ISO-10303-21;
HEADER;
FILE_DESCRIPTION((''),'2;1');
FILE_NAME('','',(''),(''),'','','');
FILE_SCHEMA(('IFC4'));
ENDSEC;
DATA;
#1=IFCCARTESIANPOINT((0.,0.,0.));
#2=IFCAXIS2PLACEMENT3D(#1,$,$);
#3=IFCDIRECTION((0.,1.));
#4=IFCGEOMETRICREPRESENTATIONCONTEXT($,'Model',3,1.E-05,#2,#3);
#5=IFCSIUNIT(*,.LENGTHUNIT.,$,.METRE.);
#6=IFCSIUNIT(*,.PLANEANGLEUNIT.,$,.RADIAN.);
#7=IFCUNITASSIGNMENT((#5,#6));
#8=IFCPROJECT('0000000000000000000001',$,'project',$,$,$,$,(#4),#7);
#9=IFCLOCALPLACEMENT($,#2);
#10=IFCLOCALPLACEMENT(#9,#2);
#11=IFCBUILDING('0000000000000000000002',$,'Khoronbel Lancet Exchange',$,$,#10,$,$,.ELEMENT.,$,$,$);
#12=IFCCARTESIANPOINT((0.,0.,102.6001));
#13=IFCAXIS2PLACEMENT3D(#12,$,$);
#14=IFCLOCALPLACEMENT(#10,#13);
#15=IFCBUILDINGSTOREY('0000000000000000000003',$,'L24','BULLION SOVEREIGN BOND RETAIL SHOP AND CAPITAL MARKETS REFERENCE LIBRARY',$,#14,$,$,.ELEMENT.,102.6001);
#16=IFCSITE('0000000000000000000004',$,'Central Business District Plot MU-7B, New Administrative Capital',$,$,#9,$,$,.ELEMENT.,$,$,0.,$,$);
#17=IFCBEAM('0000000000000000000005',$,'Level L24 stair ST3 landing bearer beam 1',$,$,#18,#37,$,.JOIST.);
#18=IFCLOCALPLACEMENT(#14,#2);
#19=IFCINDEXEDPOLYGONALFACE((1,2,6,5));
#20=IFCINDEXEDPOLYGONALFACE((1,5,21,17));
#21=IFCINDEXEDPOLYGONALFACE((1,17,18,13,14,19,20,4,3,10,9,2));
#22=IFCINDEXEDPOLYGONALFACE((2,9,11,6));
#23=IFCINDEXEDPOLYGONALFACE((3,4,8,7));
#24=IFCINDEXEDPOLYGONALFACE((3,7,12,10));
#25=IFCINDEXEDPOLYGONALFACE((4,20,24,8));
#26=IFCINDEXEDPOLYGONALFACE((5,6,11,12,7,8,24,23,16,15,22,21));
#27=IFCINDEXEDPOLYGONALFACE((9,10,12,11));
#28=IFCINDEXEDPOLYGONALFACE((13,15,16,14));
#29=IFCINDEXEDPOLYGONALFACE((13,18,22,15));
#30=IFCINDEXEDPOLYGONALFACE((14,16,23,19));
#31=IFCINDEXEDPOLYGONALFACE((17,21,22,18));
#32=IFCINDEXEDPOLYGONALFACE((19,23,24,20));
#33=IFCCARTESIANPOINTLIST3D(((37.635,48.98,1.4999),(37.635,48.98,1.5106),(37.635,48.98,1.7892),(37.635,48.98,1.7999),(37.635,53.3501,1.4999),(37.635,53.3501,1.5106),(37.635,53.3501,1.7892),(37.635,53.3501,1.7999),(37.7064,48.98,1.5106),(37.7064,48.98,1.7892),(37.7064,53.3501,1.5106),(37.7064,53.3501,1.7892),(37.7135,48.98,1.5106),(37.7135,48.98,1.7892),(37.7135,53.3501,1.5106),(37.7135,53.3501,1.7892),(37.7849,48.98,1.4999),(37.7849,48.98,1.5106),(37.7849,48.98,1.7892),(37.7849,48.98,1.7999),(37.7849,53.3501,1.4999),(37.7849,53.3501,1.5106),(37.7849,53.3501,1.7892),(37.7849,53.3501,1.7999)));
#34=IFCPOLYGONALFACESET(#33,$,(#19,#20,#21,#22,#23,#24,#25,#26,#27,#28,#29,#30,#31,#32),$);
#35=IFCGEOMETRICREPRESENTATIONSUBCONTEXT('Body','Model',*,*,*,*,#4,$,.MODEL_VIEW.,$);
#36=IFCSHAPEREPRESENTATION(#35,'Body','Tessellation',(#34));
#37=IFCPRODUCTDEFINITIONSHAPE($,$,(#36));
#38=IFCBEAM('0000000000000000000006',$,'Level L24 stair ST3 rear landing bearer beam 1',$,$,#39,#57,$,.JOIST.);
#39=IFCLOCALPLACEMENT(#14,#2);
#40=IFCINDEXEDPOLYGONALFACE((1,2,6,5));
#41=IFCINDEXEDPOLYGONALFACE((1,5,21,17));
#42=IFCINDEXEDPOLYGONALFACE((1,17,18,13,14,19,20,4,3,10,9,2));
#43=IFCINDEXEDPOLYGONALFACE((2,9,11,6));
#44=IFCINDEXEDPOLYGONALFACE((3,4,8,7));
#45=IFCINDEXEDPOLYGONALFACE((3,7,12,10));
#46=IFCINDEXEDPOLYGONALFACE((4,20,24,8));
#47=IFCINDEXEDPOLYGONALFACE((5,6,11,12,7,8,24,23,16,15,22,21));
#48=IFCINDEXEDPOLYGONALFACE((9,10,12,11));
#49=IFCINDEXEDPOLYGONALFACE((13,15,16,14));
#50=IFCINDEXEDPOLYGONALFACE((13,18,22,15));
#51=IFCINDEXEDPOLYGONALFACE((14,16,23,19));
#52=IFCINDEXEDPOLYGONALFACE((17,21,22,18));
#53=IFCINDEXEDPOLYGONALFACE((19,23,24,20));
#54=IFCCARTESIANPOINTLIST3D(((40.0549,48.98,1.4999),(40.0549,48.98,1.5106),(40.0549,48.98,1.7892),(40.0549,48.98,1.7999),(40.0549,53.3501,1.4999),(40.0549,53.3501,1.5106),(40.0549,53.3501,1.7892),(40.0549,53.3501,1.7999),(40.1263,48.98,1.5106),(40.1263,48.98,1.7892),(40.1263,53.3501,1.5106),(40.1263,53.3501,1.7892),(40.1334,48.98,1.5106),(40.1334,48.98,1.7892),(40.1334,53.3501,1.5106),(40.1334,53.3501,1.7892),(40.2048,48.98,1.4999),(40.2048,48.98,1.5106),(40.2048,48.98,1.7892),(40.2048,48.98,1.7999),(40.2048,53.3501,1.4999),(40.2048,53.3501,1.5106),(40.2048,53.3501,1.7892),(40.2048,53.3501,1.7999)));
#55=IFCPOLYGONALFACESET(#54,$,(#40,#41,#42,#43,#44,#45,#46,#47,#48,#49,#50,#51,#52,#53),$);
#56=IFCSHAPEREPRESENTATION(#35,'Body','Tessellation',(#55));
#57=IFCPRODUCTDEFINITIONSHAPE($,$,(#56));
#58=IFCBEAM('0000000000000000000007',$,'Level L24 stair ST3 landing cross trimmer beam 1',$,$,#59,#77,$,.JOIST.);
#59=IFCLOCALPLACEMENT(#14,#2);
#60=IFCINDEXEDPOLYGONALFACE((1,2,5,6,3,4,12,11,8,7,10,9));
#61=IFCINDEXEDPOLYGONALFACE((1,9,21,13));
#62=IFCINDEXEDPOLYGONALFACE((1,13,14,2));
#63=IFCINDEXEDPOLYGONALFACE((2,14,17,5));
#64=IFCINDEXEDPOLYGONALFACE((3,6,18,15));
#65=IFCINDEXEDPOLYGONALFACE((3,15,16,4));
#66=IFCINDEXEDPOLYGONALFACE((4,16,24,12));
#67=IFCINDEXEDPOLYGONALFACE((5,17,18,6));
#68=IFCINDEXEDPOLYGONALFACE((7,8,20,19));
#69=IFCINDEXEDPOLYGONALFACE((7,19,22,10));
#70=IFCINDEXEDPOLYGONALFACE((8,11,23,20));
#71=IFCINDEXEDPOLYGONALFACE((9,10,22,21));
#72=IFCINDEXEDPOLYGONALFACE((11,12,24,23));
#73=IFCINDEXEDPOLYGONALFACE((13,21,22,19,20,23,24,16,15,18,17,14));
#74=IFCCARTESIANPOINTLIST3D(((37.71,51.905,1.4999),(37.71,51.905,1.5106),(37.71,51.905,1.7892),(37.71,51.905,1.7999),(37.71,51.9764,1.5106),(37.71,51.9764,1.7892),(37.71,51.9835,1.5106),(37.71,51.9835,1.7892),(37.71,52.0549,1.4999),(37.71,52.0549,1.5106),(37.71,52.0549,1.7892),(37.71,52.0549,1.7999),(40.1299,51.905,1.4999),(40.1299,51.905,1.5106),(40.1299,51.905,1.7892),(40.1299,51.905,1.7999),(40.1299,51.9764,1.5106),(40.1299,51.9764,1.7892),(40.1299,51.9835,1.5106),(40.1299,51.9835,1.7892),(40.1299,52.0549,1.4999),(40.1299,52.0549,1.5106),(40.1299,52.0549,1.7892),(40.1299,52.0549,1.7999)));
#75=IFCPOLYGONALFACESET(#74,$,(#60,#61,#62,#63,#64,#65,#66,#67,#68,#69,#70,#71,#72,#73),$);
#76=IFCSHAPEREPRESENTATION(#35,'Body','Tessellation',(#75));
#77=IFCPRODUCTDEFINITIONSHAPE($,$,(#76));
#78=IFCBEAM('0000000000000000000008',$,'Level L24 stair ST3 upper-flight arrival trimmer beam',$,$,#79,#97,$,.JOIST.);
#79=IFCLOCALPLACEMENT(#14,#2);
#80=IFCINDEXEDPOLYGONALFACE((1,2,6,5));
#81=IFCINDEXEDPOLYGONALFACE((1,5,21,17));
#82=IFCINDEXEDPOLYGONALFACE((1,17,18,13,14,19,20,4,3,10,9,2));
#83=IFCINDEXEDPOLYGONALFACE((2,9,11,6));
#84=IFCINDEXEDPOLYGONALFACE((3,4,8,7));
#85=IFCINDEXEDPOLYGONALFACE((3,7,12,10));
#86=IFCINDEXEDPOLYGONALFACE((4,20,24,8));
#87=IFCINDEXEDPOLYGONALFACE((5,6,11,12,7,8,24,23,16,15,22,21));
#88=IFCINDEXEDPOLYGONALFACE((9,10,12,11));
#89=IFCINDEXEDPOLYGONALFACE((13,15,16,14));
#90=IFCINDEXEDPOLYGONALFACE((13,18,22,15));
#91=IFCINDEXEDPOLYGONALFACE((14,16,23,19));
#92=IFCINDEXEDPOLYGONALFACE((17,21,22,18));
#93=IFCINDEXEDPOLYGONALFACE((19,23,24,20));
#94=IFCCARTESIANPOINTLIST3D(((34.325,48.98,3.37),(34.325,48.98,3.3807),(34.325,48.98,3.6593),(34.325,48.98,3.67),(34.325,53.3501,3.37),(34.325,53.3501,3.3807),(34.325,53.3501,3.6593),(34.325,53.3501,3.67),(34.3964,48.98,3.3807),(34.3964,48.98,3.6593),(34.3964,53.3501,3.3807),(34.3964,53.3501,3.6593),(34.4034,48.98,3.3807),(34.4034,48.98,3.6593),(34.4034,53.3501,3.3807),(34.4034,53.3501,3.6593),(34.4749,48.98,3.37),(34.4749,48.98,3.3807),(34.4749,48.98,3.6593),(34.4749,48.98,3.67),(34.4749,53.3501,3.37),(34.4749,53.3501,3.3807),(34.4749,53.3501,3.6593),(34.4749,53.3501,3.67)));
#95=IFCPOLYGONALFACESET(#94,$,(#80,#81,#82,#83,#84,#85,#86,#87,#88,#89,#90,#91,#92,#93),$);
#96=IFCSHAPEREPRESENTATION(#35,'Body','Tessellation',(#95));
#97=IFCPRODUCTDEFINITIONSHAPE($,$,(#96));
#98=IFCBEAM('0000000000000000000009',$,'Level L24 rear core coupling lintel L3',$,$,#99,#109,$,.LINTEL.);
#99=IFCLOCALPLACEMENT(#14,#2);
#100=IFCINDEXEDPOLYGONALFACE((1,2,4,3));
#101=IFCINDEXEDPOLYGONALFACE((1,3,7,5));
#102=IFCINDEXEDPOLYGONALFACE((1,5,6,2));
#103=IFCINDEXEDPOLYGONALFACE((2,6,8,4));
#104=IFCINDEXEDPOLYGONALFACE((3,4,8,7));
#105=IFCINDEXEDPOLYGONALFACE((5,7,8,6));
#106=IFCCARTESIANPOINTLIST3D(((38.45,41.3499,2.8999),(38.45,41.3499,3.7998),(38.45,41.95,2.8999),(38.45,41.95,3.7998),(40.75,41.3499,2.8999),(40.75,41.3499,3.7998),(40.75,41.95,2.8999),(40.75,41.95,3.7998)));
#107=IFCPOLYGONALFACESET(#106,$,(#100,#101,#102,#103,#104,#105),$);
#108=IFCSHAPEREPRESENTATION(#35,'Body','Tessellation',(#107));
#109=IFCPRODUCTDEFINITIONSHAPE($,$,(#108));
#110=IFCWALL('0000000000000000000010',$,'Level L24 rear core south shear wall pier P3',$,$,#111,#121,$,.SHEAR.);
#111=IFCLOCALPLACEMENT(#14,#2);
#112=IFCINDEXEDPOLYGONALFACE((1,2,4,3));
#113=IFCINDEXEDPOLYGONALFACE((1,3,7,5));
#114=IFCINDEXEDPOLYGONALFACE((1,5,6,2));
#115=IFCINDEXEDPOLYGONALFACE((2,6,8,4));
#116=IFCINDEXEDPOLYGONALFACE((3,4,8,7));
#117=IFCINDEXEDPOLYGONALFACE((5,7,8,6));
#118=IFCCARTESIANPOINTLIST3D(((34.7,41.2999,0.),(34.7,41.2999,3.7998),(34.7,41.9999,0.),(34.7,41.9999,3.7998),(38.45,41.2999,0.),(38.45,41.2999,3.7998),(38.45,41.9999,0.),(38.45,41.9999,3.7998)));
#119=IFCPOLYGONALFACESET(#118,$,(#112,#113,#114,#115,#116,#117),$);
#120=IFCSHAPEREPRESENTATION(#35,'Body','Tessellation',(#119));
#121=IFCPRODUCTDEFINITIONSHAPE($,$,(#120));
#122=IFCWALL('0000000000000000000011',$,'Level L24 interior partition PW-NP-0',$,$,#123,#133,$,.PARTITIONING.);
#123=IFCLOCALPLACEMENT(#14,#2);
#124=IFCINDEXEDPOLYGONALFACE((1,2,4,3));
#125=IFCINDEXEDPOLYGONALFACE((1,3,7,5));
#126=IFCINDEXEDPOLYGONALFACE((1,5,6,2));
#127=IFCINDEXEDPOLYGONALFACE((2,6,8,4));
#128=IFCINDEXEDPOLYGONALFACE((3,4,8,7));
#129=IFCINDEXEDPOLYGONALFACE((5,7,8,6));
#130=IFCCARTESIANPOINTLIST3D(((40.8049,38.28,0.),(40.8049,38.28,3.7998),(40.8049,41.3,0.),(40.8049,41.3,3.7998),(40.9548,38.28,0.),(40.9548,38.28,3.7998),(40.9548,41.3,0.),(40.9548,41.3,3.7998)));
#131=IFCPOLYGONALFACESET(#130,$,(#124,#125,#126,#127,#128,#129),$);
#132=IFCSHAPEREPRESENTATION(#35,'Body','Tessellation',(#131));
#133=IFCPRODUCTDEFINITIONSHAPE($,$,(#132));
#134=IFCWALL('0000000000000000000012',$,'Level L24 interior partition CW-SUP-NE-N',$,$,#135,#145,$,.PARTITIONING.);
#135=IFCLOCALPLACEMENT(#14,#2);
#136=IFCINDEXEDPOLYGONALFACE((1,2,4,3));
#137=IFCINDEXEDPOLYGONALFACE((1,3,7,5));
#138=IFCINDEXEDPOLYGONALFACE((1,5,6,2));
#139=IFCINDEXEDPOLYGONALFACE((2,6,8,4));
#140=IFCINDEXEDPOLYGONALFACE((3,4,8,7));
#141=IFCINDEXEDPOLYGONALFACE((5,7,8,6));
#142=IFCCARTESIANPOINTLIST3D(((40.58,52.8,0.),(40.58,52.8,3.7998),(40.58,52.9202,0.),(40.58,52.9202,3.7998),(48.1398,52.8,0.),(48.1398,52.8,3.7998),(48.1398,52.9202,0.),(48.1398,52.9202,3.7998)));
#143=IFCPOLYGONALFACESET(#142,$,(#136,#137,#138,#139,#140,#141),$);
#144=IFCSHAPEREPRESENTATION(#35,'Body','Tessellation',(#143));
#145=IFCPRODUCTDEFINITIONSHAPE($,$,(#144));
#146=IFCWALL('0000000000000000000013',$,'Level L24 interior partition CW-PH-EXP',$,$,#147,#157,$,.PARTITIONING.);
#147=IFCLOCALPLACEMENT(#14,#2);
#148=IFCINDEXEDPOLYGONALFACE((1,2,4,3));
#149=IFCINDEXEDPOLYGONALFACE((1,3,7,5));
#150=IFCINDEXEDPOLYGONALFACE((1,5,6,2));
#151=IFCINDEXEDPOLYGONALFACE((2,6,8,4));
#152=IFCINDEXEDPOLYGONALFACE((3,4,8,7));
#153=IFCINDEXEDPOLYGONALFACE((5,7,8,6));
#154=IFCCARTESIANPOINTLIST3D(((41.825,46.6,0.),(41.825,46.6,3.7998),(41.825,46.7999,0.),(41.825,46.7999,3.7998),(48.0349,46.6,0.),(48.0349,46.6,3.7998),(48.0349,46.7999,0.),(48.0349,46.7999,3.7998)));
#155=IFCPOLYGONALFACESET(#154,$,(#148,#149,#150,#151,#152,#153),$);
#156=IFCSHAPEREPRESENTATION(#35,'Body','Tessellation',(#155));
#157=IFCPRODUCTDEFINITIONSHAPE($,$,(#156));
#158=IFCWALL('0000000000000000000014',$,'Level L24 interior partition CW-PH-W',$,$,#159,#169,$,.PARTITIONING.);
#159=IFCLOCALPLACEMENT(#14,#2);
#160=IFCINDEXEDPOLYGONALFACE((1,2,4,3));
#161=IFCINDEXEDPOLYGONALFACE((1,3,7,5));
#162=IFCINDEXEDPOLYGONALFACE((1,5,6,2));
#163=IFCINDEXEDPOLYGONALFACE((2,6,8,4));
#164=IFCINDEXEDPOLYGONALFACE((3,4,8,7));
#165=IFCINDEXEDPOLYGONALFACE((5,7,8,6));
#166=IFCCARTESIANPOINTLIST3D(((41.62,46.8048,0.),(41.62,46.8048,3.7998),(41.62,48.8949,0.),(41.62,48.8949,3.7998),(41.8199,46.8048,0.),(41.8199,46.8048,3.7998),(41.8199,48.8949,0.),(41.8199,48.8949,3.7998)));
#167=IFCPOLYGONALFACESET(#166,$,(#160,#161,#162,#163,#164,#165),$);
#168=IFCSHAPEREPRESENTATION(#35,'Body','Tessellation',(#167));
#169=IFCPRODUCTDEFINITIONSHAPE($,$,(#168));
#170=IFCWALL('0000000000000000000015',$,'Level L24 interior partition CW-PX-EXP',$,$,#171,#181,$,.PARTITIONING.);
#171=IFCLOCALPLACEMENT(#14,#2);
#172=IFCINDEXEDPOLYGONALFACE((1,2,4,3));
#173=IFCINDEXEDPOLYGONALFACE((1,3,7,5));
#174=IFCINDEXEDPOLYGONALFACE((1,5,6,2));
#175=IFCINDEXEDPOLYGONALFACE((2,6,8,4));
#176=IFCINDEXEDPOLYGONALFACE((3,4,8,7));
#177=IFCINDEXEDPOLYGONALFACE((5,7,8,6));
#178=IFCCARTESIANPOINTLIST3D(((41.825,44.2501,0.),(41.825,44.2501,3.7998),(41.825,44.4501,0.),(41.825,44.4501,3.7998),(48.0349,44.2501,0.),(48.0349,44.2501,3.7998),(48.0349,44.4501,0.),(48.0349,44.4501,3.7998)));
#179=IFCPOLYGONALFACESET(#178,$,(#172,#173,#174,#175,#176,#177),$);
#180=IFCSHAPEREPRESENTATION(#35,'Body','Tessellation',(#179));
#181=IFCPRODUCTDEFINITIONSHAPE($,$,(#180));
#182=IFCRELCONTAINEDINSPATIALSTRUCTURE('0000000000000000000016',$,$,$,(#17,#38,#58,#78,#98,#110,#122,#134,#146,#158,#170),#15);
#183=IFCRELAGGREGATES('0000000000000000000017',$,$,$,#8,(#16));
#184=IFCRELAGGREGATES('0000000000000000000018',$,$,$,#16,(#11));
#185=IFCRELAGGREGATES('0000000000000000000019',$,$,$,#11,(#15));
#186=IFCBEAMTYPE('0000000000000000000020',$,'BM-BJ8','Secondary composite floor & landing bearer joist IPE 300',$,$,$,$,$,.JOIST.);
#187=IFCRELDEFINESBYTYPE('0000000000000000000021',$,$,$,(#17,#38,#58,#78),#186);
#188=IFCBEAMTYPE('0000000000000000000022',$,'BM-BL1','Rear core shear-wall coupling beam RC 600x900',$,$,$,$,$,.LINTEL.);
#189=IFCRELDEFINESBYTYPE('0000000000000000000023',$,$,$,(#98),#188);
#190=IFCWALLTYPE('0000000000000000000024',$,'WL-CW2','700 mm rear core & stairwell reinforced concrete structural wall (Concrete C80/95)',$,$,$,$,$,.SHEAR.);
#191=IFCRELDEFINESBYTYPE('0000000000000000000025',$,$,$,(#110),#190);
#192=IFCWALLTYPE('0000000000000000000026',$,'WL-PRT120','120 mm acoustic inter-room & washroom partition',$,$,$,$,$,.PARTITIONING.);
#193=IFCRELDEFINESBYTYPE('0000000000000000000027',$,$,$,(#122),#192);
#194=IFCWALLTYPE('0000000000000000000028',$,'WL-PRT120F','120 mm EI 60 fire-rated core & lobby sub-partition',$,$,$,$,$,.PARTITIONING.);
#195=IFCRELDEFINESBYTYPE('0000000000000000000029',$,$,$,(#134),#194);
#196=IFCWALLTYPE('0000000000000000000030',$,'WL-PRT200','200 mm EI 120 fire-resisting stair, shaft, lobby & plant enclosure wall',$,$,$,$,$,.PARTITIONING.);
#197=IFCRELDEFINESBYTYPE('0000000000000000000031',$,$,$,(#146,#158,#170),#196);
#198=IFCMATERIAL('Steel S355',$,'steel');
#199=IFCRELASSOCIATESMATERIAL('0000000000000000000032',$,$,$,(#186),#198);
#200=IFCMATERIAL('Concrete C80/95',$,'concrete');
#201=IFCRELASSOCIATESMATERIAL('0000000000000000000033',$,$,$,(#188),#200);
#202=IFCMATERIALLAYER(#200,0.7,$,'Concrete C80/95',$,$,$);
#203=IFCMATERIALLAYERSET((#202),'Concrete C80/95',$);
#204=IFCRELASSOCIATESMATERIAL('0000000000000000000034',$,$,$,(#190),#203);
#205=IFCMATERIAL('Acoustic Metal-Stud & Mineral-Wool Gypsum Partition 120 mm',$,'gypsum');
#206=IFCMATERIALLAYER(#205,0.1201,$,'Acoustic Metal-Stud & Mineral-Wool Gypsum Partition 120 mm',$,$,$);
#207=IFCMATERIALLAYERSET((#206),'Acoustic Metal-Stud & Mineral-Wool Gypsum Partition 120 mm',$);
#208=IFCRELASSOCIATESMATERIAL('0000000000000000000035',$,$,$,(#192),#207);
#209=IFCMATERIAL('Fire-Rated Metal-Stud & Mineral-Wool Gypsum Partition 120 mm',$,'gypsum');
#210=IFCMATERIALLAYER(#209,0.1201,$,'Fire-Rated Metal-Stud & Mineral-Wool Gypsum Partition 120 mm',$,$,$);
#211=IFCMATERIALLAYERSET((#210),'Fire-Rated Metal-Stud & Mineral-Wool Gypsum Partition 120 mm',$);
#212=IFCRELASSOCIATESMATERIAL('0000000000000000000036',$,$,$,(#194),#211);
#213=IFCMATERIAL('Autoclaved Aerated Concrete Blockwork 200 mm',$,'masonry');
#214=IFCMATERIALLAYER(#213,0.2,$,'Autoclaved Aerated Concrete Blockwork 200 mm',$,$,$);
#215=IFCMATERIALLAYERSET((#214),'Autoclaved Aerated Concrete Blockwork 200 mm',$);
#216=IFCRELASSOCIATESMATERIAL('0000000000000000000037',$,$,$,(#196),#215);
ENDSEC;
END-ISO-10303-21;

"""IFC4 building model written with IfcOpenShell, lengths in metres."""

from ifc_helpers import new_model, si_unit, direction, frame, frame_2d, origin, origin_2d, place, context, subcontext, project, spatial, rectangle, i_section, extrude, material, layer, layer_set, material_profile, profile_set, type_object, element, save


model = new_model("IFC4")

# Units and contexts
model_context = context("Model", 3, precision=1e-05, world=origin(), true_north=direction((0.0, 1.0)))
body_context = subcontext(model_context, "Body", "Model", "MODEL_VIEW")
ifc_project = project(units=[si_unit("LENGTHUNIT", "METRE"), si_unit("PLANEANGLEUNIT", "RADIAN")], contexts=[model_context])

# Site, building, storey
site_placement = place(None, origin())
site = spatial("IfcSite", under=ifc_project, at=site_placement, Name="Central Business District Plot MU-7B, New Administrative Capital", CompositionType="ELEMENT", RefElevation=0.0)
building_placement = place(site_placement, origin())
building = spatial("IfcBuilding", under=site, at=building_placement, Name="Khoronbel Lancet Exchange", CompositionType="ELEMENT")
storey_placement = place(building_placement, frame((0.0, 0.0, 102.6001)))
storey = spatial("IfcBuildingStorey", under=building, at=storey_placement, Name="L24", Description="BULLION SOVEREIGN BOND RETAIL SHOP AND CAPITAL MARKETS REFERENCE LIBRARY", CompositionType="ELEMENT", Elevation=102.6001)

# Beams
ifc_material_1 = material(Name="Steel S355", Category="steel")
ifc_material_profile_1 = material_profile(ifc_material_1, i_section(OverallWidth=0.1499, OverallDepth=0.3, WebThickness=0.0071, FlangeThickness=0.0107, at=origin_2d()), Name="IPE 300")
ifc_profile_set_1 = profile_set([ifc_material_profile_1], Name="Steel S355")
beam_type_1 = type_object("IfcBeamType", Name="BM-BJ8", Description="Secondary composite floor & landing bearer joist IPE 300", PredefinedType="JOIST", material=ifc_profile_set_1)
for number, where, z_axis, x_axis, name in (
    (1, (37.71, 48.98, 1.6499), (0.0, 1.0, 0.0), (-1.0, 0.0, 0.0), "Level L24 stair ST3 landing bearer beam 1"),
    (2, (40.1299, 48.98, 1.6499), (0.0, 1.0, 0.0), (-1.0, 0.0, 0.0), "Level L24 stair ST3 rear landing bearer beam 1"),
):
    element("IfcBeam", number, at=place(storey_placement, frame(where, z_axis=z_axis, x_axis=x_axis)), inside=storey, type_object=beam_type_1, Name=name, PredefinedType="JOIST", context=body_context, shape_type="SweptSolid", body=[
        extrude(i_section(OverallWidth=0.1499, OverallDepth=0.3, WebThickness=0.0071, FlangeThickness=0.0107, at=origin_2d()), origin(), (0.0, 0.0, 1.0), 4.3701),
    ])
beam_1_placement = place(storey_placement, frame((37.71, 51.98, 1.6499), z_axis=(1.0, 0.0, 0.0), x_axis=(0.0, 1.0, 0.0)))
element("IfcBeam", 3, at=beam_1_placement, inside=storey, type_object=beam_type_1, Name="Level L24 stair ST3 landing cross trimmer beam 1", PredefinedType="JOIST", context=body_context, shape_type="SweptSolid", body=[
    extrude(i_section(OverallWidth=0.1499, OverallDepth=0.3, WebThickness=0.0071, FlangeThickness=0.0107, at=origin_2d()), origin(), (0.0, 0.0, 1.0), 2.4199),
])
beam_2_placement = place(storey_placement, frame((34.3999, 48.98, 3.52), z_axis=(0.0, 1.0, 0.0), x_axis=(-1.0, 0.0, 0.0)))
element("IfcBeam", 4, at=beam_2_placement, inside=storey, type_object=beam_type_1, Name="Level L24 stair ST3 upper-flight arrival trimmer beam", PredefinedType="JOIST", context=body_context, shape_type="SweptSolid", body=[
    extrude(i_section(OverallWidth=0.1499, OverallDepth=0.3, WebThickness=0.0071, FlangeThickness=0.0107, at=origin_2d()), origin(), (0.0, 0.0, 1.0), 4.3701),
])
ifc_material_2 = material(Name="Concrete C80/95", Category="concrete")
ifc_material_profile_2 = material_profile(ifc_material_2, rectangle(XDim=0.6001, YDim=0.8999, at=origin_2d()), Name="RC 600x900")
ifc_profile_set_2 = profile_set([ifc_material_profile_2], Name="Concrete C80/95")
beam_type_2 = type_object("IfcBeamType", Name="BM-BL1", Description="Rear core shear-wall coupling beam RC 600x900", PredefinedType="LINTEL", material=ifc_profile_set_2)
beam_3_placement = place(storey_placement, frame((38.45, 41.6499, 3.3499), z_axis=(1.0, 0.0, 0.0), x_axis=(0.0, 1.0, 0.0)))
element("IfcBeam", 5, at=beam_3_placement, inside=storey, type_object=beam_type_2, Name="Level L24 rear core coupling lintel L3", PredefinedType="LINTEL", context=body_context, shape_type="SweptSolid", body=[
    extrude(rectangle(XDim=0.6001, YDim=0.8999, at=origin_2d()), origin(), (0.0, 0.0, 1.0), 2.3),
])

# Walls
ifc_layer_1 = layer(ifc_material_2, 0.7, Name="Concrete C80/95")
ifc_layer_set_1 = layer_set([ifc_layer_1], Name="Concrete C80/95")
wall_type_1 = type_object("IfcWallType", Name="WL-CW2", Description="700 mm rear core & stairwell reinforced concrete structural wall (Concrete C80/95)", PredefinedType="SHEAR", material=ifc_layer_set_1)
wall_1_placement = place(storey_placement, frame((38.45, 41.6499, 0.0), z_axis=(0.0, 0.0, 1.0), x_axis=(-1.0, 0.0, 0.0)))
element("IfcWall", 6, at=wall_1_placement, inside=storey, type_object=wall_type_1, Name="Level L24 rear core south shear wall pier P3", PredefinedType="SHEAR", context=body_context, shape_type="SweptSolid", body=[
    extrude(rectangle(XDim=3.75, YDim=0.7, at=frame_2d((1.875, 0.0))), origin(), (0.0, 0.0, 1.0), 3.7998),
])
ifc_material_3 = material(Name="Acoustic Metal-Stud & Mineral-Wool Gypsum Partition 120 mm", Category="gypsum")
ifc_layer_2 = layer(ifc_material_3, 0.1201, Name="Acoustic Metal-Stud & Mineral-Wool Gypsum Partition 120 mm")
ifc_layer_set_2 = layer_set([ifc_layer_2], Name="Acoustic Metal-Stud & Mineral-Wool Gypsum Partition 120 mm")
wall_type_2 = type_object("IfcWallType", Name="WL-PRT120", Description="120 mm acoustic inter-room & washroom partition", PredefinedType="PARTITIONING", material=ifc_layer_set_2)
wall_2_placement = place(storey_placement, frame((40.8799, 38.28, 0.0), z_axis=(0.0, 0.0, 1.0), x_axis=(0.0, 1.0, 0.0)))
element("IfcWall", 7, at=wall_2_placement, inside=storey, type_object=wall_type_2, Name="Level L24 interior partition PW-NP-0", PredefinedType="PARTITIONING", context=body_context, shape_type="SweptSolid", body=[
    extrude(rectangle(XDim=3.02, YDim=0.1499, at=frame_2d((1.51, 0.0))), origin(), (0.0, 0.0, 1.0), 3.7998),
])
ifc_material_4 = material(Name="Fire-Rated Metal-Stud & Mineral-Wool Gypsum Partition 120 mm", Category="gypsum")
ifc_layer_3 = layer(ifc_material_4, 0.1201, Name="Fire-Rated Metal-Stud & Mineral-Wool Gypsum Partition 120 mm")
ifc_layer_set_3 = layer_set([ifc_layer_3], Name="Fire-Rated Metal-Stud & Mineral-Wool Gypsum Partition 120 mm")
wall_type_3 = type_object("IfcWallType", Name="WL-PRT120F", Description="120 mm EI 60 fire-rated core & lobby sub-partition", PredefinedType="PARTITIONING", material=ifc_layer_set_3)
wall_3_placement = place(storey_placement, frame((40.5801, 52.8601, 0.0), z_axis=(0.0, 0.0, 1.0), x_axis=(1.0, 0.0, 0.0)))
element("IfcWall", 8, at=wall_3_placement, inside=storey, type_object=wall_type_3, Name="Level L24 interior partition CW-SUP-NE-N", PredefinedType="PARTITIONING", context=body_context, shape_type="SweptSolid", body=[
    extrude(rectangle(XDim=7.5598, YDim=0.1201, at=frame_2d((3.7798, 0.0))), origin(), (0.0, 0.0, 1.0), 3.7998),
])
ifc_material_5 = material(Name="Autoclaved Aerated Concrete Blockwork 200 mm", Category="masonry")
ifc_layer_4 = layer(ifc_material_5, 0.2, Name="Autoclaved Aerated Concrete Blockwork 200 mm")
ifc_layer_set_4 = layer_set([ifc_layer_4], Name="Autoclaved Aerated Concrete Blockwork 200 mm")
wall_type_4 = type_object("IfcWallType", Name="WL-PRT200", Description="200 mm EI 120 fire-resisting stair, shaft, lobby & plant enclosure wall", PredefinedType="PARTITIONING", material=ifc_layer_set_4)
wall_4_placement = place(storey_placement, frame((41.825, 46.7, 0.0), z_axis=(0.0, 0.0, 1.0), x_axis=(1.0, 0.0, 0.0)))
element("IfcWall", 9, at=wall_4_placement, inside=storey, type_object=wall_type_4, Name="Level L24 interior partition CW-PH-EXP", PredefinedType="PARTITIONING", context=body_context, shape_type="SweptSolid", body=[
    extrude(rectangle(XDim=6.21, YDim=0.2, at=frame_2d((3.105, 0.0))), origin(), (0.0, 0.0, 1.0), 3.7998),
])
wall_5_placement = place(storey_placement, frame((41.72, 46.8049, 0.0), z_axis=(0.0, 0.0, 1.0), x_axis=(0.0, 1.0, 0.0)))
element("IfcWall", 10, at=wall_5_placement, inside=storey, type_object=wall_type_4, Name="Level L24 interior partition CW-PH-W", PredefinedType="PARTITIONING", context=body_context, shape_type="SweptSolid", body=[
    extrude(rectangle(XDim=2.0901, YDim=0.2, at=frame_2d((1.0449, 0.0))), origin(), (0.0, 0.0, 1.0), 3.7998),
])
wall_6_placement = place(storey_placement, frame((41.825, 44.3501, 0.0), z_axis=(0.0, 0.0, 1.0), x_axis=(1.0, 0.0, 0.0)))
element("IfcWall", 11, at=wall_6_placement, inside=storey, type_object=wall_type_4, Name="Level L24 interior partition CW-PX-EXP", PredefinedType="PARTITIONING", context=body_context, shape_type="SweptSolid", body=[
    extrude(rectangle(XDim=6.21, YDim=0.2, at=frame_2d((3.105, 0.0))), origin(), (0.0, 0.0, 1.0), 3.7998),
])

save(model, "model.ifc")
